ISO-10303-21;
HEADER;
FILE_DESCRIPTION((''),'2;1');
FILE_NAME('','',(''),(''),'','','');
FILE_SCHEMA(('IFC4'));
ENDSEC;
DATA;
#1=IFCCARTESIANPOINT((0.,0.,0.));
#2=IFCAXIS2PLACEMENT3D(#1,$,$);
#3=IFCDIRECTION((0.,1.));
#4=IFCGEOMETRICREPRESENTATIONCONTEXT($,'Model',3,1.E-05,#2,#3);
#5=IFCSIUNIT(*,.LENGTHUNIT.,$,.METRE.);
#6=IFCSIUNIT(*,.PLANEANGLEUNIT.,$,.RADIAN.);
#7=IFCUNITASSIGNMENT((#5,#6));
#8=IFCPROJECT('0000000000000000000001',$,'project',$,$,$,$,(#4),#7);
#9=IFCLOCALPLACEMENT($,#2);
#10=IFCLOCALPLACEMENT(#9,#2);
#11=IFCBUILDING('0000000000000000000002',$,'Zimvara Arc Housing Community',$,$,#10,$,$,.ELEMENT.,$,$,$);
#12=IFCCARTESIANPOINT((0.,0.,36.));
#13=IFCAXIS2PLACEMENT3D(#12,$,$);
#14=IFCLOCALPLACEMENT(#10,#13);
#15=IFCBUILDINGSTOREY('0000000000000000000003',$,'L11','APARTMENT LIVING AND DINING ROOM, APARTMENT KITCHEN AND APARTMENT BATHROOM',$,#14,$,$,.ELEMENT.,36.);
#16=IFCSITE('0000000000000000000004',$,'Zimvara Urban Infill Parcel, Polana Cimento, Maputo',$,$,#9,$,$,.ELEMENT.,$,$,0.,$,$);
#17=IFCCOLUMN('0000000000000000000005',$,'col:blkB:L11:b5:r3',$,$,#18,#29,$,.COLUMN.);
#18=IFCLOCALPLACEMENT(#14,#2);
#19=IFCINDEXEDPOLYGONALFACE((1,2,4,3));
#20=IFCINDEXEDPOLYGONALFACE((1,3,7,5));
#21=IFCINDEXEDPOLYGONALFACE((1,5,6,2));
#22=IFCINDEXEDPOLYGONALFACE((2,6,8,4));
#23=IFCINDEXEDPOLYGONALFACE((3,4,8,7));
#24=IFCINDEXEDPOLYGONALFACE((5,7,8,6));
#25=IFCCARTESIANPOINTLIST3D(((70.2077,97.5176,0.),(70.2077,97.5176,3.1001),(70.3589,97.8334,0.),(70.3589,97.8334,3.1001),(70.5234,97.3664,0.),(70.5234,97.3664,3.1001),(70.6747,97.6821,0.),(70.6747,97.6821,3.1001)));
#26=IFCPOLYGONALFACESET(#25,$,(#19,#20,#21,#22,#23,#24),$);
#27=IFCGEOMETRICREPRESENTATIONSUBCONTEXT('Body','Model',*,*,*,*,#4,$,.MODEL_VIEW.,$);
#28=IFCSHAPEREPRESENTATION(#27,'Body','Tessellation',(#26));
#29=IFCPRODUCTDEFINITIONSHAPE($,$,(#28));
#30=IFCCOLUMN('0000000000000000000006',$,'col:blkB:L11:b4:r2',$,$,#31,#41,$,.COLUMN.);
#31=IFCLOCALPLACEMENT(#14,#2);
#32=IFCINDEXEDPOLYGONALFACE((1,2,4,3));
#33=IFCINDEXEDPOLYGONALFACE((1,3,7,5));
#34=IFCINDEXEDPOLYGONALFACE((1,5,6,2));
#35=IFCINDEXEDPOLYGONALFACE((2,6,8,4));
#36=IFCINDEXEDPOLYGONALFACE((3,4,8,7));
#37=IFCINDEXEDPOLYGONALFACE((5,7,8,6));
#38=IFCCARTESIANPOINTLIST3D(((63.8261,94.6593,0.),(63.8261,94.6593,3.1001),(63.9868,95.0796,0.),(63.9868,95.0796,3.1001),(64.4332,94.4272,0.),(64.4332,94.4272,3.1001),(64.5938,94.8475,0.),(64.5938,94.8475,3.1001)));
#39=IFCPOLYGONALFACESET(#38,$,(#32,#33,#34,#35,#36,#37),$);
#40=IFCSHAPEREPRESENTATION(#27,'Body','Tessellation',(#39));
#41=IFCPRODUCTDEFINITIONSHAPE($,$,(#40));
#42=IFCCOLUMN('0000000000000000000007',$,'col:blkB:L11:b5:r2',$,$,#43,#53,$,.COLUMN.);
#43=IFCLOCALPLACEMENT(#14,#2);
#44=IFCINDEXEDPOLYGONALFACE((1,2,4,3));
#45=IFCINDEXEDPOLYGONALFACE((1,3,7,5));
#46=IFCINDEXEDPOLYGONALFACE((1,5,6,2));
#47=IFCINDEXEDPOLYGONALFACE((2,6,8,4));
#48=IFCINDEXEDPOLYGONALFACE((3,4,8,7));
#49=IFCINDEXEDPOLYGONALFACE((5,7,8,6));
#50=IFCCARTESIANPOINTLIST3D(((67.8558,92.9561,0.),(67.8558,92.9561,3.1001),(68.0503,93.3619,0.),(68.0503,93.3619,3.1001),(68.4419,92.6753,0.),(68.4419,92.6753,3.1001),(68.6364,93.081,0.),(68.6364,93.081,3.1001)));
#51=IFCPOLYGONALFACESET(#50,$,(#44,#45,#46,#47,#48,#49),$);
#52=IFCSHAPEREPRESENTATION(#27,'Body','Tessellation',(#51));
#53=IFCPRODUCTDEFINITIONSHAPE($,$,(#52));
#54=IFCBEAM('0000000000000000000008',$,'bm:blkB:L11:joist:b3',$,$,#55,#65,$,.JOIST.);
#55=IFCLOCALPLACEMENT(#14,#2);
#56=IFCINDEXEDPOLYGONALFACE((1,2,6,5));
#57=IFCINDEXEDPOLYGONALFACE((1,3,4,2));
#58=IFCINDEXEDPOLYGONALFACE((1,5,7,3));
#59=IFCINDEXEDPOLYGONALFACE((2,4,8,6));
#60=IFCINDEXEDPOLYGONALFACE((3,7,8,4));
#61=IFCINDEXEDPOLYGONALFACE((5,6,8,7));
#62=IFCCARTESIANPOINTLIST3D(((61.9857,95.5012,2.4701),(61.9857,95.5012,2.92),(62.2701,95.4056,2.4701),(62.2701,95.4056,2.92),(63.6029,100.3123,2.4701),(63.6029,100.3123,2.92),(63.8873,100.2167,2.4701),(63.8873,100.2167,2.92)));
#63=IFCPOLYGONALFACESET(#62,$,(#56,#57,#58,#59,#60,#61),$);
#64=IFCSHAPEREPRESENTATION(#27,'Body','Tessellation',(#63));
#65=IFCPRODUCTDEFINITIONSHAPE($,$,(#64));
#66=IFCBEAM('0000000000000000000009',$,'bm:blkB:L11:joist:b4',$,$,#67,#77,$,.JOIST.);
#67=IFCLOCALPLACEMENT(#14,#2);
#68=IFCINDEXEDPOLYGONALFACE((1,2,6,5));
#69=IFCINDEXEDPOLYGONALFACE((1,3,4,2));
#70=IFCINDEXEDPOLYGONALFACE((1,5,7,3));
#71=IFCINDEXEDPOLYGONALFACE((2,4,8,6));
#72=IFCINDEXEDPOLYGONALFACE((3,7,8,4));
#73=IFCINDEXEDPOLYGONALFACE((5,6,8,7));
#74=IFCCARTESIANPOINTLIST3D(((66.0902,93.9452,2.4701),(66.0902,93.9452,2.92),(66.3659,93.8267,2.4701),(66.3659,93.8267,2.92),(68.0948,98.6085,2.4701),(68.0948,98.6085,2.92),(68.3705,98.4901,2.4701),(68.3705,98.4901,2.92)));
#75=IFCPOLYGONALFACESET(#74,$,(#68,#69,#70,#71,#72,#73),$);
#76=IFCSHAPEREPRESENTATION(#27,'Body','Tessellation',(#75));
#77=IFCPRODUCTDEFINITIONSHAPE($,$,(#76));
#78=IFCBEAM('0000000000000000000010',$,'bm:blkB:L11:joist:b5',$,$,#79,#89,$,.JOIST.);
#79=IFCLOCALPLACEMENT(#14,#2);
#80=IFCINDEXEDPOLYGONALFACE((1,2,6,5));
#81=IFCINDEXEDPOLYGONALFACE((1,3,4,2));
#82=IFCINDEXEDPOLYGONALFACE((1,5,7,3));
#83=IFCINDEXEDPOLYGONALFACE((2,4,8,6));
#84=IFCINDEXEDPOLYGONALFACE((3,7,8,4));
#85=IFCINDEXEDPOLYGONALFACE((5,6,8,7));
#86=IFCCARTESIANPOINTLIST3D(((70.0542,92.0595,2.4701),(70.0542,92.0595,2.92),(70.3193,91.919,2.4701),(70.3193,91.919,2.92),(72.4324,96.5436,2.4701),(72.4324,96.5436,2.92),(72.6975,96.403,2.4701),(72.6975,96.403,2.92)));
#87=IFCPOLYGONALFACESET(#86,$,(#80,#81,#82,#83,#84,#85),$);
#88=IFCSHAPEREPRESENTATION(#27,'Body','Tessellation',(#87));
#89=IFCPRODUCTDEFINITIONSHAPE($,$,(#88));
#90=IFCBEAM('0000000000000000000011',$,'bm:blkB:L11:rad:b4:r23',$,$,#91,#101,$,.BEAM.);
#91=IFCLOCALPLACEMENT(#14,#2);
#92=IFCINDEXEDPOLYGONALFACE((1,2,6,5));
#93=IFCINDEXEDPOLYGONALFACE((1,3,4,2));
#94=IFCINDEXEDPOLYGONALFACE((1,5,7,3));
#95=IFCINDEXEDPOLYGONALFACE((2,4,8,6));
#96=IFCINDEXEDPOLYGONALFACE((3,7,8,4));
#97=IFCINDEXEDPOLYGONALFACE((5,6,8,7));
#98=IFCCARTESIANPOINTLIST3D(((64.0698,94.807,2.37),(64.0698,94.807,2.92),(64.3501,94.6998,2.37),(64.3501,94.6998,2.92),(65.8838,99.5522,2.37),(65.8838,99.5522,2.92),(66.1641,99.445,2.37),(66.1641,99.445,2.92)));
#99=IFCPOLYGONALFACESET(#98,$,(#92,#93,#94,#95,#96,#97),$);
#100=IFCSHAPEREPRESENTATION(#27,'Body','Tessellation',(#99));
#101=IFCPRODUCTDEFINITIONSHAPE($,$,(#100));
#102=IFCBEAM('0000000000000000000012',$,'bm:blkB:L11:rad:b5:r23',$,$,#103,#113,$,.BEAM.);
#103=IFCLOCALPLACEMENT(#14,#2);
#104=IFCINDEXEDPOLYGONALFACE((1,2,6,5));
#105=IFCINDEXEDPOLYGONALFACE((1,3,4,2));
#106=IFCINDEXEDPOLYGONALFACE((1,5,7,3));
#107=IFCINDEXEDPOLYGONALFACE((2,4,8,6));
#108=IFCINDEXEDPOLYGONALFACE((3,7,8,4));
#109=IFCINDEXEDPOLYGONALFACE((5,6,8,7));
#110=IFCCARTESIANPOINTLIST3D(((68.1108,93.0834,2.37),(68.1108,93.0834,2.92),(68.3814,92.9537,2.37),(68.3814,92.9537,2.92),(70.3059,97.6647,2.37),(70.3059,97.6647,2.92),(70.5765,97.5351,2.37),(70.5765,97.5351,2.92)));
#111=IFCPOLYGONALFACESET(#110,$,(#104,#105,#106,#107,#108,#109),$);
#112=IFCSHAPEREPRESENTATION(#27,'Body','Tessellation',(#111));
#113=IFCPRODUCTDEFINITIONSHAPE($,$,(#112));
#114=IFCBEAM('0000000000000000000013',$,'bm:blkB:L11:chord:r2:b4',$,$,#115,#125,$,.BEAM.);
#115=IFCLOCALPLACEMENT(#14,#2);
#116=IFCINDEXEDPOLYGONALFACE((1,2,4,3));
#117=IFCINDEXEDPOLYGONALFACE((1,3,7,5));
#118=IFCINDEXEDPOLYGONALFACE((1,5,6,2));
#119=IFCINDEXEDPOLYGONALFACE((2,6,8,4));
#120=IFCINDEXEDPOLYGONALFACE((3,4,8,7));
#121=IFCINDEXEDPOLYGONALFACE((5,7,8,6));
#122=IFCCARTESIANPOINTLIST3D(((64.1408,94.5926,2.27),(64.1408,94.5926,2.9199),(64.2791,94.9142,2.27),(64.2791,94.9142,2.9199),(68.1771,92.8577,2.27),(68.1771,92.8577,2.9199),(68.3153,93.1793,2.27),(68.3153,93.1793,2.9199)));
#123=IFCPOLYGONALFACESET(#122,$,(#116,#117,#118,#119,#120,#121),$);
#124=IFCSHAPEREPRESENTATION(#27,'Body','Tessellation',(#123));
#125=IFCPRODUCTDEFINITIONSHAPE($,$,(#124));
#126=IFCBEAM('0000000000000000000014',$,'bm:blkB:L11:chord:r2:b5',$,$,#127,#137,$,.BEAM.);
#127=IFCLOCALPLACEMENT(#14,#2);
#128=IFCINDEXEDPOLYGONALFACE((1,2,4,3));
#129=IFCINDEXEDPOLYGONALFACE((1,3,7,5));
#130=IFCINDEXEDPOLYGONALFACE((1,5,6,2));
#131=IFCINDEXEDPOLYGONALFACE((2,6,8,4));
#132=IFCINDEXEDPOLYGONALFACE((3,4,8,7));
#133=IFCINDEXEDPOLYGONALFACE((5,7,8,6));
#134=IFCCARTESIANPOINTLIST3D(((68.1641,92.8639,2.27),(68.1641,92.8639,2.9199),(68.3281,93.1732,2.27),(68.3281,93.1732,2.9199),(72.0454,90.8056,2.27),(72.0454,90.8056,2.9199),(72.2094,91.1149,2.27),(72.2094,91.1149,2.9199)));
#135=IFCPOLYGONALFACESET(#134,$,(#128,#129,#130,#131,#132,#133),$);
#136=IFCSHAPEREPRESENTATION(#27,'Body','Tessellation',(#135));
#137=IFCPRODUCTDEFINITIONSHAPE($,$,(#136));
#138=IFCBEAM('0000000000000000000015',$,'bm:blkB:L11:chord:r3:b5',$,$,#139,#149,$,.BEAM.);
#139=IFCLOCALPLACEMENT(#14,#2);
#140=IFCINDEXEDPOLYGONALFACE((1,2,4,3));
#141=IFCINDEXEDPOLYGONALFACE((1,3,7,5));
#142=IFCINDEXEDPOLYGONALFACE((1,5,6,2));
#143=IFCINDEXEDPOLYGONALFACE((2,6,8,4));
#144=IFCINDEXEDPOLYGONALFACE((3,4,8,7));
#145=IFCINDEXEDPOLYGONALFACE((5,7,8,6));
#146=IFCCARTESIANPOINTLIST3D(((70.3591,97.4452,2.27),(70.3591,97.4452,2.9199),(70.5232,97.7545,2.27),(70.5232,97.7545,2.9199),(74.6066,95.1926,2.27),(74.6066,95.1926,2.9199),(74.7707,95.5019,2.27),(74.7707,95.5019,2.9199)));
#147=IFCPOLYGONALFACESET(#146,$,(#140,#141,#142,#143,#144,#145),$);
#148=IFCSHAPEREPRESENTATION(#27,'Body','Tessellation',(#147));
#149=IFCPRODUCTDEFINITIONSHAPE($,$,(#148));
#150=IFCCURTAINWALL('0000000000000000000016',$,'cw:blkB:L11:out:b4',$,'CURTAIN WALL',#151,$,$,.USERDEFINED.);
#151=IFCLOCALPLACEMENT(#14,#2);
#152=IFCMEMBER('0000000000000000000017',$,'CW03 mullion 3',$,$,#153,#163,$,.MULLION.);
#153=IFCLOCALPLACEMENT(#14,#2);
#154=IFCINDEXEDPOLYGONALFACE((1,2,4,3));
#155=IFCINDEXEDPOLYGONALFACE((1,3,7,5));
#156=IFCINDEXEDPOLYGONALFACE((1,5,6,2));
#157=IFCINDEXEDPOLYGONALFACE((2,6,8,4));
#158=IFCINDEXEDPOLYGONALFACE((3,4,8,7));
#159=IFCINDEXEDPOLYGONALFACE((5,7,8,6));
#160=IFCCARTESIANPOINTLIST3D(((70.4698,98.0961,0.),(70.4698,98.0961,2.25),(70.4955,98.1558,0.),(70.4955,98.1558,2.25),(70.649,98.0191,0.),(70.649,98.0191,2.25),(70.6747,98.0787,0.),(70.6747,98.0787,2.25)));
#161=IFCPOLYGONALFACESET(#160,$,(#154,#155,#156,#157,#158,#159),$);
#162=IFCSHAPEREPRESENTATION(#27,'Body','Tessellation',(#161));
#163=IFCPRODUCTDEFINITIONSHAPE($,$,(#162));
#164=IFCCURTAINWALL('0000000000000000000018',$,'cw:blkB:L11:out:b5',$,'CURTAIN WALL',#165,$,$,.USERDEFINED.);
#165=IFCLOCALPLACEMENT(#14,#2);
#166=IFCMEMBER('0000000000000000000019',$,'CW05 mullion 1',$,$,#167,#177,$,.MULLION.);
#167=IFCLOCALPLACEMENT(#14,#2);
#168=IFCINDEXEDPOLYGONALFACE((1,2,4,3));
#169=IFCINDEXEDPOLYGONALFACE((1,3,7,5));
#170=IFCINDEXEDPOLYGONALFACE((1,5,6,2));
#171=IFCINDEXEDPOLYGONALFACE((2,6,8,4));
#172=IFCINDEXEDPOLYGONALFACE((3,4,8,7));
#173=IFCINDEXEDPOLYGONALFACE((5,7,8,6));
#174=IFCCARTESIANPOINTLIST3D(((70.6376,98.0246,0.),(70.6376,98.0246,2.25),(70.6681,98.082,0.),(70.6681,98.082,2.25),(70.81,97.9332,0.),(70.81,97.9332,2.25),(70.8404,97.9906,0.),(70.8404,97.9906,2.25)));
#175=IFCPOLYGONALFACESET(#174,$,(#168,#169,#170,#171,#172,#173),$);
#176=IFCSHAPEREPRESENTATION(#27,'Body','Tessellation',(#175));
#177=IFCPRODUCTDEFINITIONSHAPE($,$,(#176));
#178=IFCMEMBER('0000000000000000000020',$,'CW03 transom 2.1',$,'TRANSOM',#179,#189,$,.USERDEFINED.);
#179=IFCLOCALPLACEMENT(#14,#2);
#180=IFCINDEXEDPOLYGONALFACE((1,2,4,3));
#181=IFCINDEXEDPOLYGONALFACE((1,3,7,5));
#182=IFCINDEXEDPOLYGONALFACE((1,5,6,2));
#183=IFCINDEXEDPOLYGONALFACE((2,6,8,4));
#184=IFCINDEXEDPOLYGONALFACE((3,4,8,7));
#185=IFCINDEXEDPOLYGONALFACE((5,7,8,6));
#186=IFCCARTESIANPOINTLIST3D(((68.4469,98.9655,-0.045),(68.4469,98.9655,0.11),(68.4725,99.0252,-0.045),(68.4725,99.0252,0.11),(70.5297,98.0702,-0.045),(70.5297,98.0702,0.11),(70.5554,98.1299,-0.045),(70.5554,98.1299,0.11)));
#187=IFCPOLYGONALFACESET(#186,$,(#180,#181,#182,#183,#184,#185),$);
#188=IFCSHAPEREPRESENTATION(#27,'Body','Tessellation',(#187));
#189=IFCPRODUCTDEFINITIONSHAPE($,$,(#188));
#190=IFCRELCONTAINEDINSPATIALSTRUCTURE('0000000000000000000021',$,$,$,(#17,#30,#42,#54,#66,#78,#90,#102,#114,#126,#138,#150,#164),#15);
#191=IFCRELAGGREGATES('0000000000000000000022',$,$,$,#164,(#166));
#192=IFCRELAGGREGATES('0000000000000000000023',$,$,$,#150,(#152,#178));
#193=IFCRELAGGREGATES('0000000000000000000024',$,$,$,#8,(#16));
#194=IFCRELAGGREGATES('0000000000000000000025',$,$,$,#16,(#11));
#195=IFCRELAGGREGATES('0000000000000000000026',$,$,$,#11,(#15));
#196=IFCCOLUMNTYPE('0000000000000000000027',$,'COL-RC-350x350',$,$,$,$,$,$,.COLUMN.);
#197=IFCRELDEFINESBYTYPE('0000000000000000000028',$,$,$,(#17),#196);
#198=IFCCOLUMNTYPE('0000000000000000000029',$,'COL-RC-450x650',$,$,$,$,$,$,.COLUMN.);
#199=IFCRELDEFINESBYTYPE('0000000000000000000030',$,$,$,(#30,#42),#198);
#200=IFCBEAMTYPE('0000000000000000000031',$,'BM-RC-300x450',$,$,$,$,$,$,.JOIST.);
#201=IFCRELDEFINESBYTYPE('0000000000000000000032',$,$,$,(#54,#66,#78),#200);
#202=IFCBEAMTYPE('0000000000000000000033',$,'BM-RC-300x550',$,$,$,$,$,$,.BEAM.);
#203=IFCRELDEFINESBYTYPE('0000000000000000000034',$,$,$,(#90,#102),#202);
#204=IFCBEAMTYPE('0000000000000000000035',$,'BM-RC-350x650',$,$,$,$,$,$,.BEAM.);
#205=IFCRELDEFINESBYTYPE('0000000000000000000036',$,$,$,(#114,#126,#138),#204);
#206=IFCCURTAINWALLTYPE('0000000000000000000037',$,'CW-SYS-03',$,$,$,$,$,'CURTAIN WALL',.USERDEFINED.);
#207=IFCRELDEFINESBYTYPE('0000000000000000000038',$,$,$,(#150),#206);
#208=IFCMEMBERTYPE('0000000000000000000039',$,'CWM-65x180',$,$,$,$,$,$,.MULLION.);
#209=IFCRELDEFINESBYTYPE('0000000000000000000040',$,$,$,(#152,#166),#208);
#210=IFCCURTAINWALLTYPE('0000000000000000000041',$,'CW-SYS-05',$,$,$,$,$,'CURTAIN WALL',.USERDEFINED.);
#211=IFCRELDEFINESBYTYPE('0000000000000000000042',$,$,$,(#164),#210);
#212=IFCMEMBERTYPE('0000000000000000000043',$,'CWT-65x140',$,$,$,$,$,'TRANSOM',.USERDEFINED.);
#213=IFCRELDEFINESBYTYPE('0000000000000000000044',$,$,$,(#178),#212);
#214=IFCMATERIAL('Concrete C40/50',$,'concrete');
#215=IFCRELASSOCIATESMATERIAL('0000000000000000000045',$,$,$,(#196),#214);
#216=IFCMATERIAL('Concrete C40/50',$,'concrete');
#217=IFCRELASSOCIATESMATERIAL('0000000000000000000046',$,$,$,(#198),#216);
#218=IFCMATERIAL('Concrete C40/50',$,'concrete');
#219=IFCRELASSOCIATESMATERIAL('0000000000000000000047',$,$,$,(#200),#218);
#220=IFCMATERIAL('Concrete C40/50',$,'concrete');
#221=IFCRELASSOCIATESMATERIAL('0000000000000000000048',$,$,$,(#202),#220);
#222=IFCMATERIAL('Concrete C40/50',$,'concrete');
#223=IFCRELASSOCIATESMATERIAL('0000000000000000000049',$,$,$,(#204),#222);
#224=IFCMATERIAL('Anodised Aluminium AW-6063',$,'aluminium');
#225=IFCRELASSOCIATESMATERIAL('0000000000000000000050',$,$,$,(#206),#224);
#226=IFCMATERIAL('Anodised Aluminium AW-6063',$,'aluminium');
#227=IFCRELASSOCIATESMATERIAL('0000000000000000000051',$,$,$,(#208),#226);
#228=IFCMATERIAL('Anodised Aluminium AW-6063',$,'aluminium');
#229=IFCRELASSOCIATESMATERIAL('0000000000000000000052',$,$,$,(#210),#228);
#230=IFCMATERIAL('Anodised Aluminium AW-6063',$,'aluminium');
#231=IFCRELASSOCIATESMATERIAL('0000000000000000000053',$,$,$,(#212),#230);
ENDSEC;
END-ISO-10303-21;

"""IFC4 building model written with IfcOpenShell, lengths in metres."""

from ifc_helpers import new_model, si_unit, direction, frame, origin, origin_2d, place, context, subcontext, project, spatial, rectangle, extrude, material, material_profile, profile_set, type_object, element, aggregate, save


model = new_model("IFC4")

# Units and contexts
model_context = context("Model", 3, precision=1e-05, world=origin(), true_north=direction((0.0, 1.0)))
body_context = subcontext(model_context, "Body", "Model", "MODEL_VIEW")
ifc_project = project(units=[si_unit("LENGTHUNIT", "METRE"), si_unit("PLANEANGLEUNIT", "RADIAN")], contexts=[model_context])

# Site, building, storey
site_placement = place(None, origin())
site = spatial("IfcSite", under=ifc_project, at=site_placement, Name="Zimvara Urban Infill Parcel, Polana Cimento, Maputo", CompositionType="ELEMENT", RefElevation=0.0)
building_placement = place(site_placement, origin())
building = spatial("IfcBuilding", under=site, at=building_placement, Name="Zimvara Arc Housing Community", CompositionType="ELEMENT")
storey_placement = place(building_placement, frame((0.0, 0.0, 36.0)))
storey = spatial("IfcBuildingStorey", under=building, at=storey_placement, Name="L11", Description="APARTMENT LIVING AND DINING ROOM, APARTMENT KITCHEN AND APARTMENT BATHROOM", CompositionType="ELEMENT", Elevation=36.0)

# Columns
ifc_material_1 = material(Name="Concrete C40/50", Category="concrete")
ifc_material_profile_1 = material_profile(ifc_material_1, rectangle(XDim=0.3501, YDim=0.3501, at=origin_2d()), Name="RC 350x350")
ifc_profile_set_1 = profile_set([ifc_material_profile_1], Name="Concrete C40/50")
column_type_1 = type_object("IfcColumnType", Name="COL-RC-350x350", PredefinedType="COLUMN", material=ifc_profile_set_1)
column_placement = place(storey_placement, frame((70.4412, 97.5999, 0.0), z_axis=(0.0, 0.0, 1.0), x_axis=(0.432086, 0.901833, 0.0)))
element("IfcColumn", 1, at=column_placement, inside=storey, type_object=column_type_1, Name="col:blkB:L11:b5:r3", PredefinedType="COLUMN", context=body_context, shape_type="SweptSolid", body=[
    extrude(rectangle(XDim=0.3501, YDim=0.3501, at=origin_2d()), origin(), (0.0, 0.0, 1.0), 3.1001),
])
ifc_material_2 = material(Name="Concrete C40/50", Category="concrete")
ifc_material_profile_2 = material_profile(ifc_material_2, rectangle(XDim=0.45, YDim=0.6499, at=origin_2d()), Name="RC 450x650")
ifc_profile_set_2 = profile_set([ifc_material_profile_2], Name="Concrete C40/50")
column_type_2 = type_object("IfcColumnType", Name="COL-RC-450x650", PredefinedType="COLUMN", material=ifc_profile_set_2)
for number, where, z_axis, x_axis, name in (
    (2, (64.21, 94.7534, 0.0), (0.0, 0.0, 1.0), (0.357064, 0.93408, 0.0), "col:blkB:L11:b4:r2"),
    (3, (68.2461, 93.0186, 0.0), (0.0, 0.0, 1.0), (0.432086, 0.901833, 0.0), "col:blkB:L11:b5:r2"),
):
    element("IfcColumn", number, at=place(storey_placement, frame(where, z_axis=z_axis, x_axis=x_axis)), inside=storey, type_object=column_type_2, Name=name, PredefinedType="COLUMN", context=body_context, shape_type="SweptSolid", body=[
        extrude(rectangle(XDim=0.45, YDim=0.6499, at=origin_2d()), origin(), (0.0, 0.0, 1.0), 3.1001),
    ])

# Beams
ifc_material_3 = material(Name="Concrete C40/50", Category="concrete")
ifc_material_profile_3 = material_profile(ifc_material_3, rectangle(XDim=0.3, YDim=0.45, at=origin_2d()), Name="RC 300x450")
ifc_profile_set_3 = profile_set([ifc_material_profile_3], Name="Concrete C40/50")
beam_type_1 = type_object("IfcBeamType", Name="BM-RC-300x450", PredefinedType="JOIST", material=ifc_profile_set_3)
beam_1_placement = place(storey_placement, frame((62.1279, 95.4534, 2.6951), z_axis=(0.318608, 0.947887, 0.0), x_axis=(-0.947887, 0.318608, 0.0)))
element("IfcBeam", 4, at=beam_1_placement, inside=storey, type_object=beam_type_1, Name="bm:blkB:L11:joist:b3", PredefinedType="JOIST", context=body_context, shape_type="SweptSolid", body=[
    extrude(rectangle(XDim=0.3, YDim=0.45, at=origin_2d()), origin(), (0.0, 0.0, 1.0), 5.0757),
])
beam_2_placement = place(storey_placement, frame((66.228, 93.886, 2.6951), z_axis=(0.394929, 0.918712, 0.0), x_axis=(-0.918712, 0.394929, 0.0)))
element("IfcBeam", 5, at=beam_2_placement, inside=storey, type_object=beam_type_1, Name="bm:blkB:L11:joist:b4", PredefinedType="JOIST", context=body_context, shape_type="SweptSolid", body=[
    extrude(rectangle(XDim=0.3, YDim=0.45, at=origin_2d()), origin(), (0.0, 0.0, 1.0), 5.0759),
])
beam_3_placement = place(storey_placement, frame((70.1868, 91.9893, 2.6951), z_axis=(0.468537, 0.883444, 0.0), x_axis=(-0.883444, 0.468537, 0.0)))
element("IfcBeam", 6, at=beam_3_placement, inside=storey, type_object=beam_type_1, Name="bm:blkB:L11:joist:b5", PredefinedType="JOIST", context=body_context, shape_type="SweptSolid", body=[
    extrude(rectangle(XDim=0.3, YDim=0.45, at=origin_2d()), origin(), (0.0, 0.0, 1.0), 5.0757),
])
ifc_material_4 = material(Name="Concrete C40/50", Category="concrete")
ifc_material_profile_4 = material_profile(ifc_material_4, rectangle(XDim=0.3, YDim=0.55, at=origin_2d()), Name="RC 300x550")
ifc_profile_set_4 = profile_set([ifc_material_profile_4], Name="Concrete C40/50")
beam_type_2 = type_object("IfcBeamType", Name="BM-RC-300x550", PredefinedType="BEAM", material=ifc_profile_set_4)
for number, where, z_axis, x_axis, name in (
    (7, (64.21, 94.7534, 2.645), (0.357078, 0.934074, 0.0), (-0.934074, 0.357078, 0.0), "bm:blkB:L11:rad:b4:r23"),
    (8, (68.2461, 93.0186, 2.645), (0.432098, 0.901827, 0.0), (-0.901827, 0.432098, 0.0), "bm:blkB:L11:rad:b5:r23"),
):
    element("IfcBeam", number, at=place(storey_placement, frame(where, z_axis=z_axis, x_axis=x_axis)), inside=storey, type_object=beam_type_2, Name=name, PredefinedType="BEAM", context=body_context, shape_type="SweptSolid", body=[
        extrude(rectangle(XDim=0.3, YDim=0.55, at=origin_2d()), origin(), (0.0, 0.0, 1.0), 5.0801),
    ])
ifc_material_5 = material(Name="Concrete C40/50", Category="concrete")
ifc_material_profile_5 = material_profile(ifc_material_5, rectangle(XDim=0.3501, YDim=0.6499, at=origin_2d()), Name="RC 350x650")
ifc_profile_set_5 = profile_set([ifc_material_profile_5], Name="Concrete C40/50")
beam_type_3 = type_object("IfcBeamType", Name="BM-RC-350x650", PredefinedType="BEAM", material=ifc_profile_set_5)
for number, where, z_axis, x_axis, name in (
    (9, (64.21, 94.7534, 2.595), (0.918725, -0.394898, 0.0), (0.394898, 0.918725, 0.0), "bm:blkB:L11:chord:r2:b4"),
    (10, (68.2461, 93.0186, 2.595), (0.883457, -0.468513, 0.0), (0.468513, 0.883457, 0.0), "bm:blkB:L11:chord:r2:b5"),
):
    element("IfcBeam", number, at=place(storey_placement, frame(where, z_axis=z_axis, x_axis=x_axis)), inside=storey, type_object=beam_type_3, Name=name, PredefinedType="BEAM", context=body_context, shape_type="SweptSolid", body=[
        extrude(rectangle(XDim=0.3501, YDim=0.6499, at=origin_2d()), origin(), (0.0, 0.0, 1.0), 4.3933),
    ])
beam_4_placement = place(storey_placement, frame((70.4412, 97.5999, 2.595), z_axis=(0.883446, -0.468534, 0.0), x_axis=(0.468534, 0.883446, 0.0)))
element("IfcBeam", 11, at=beam_4_placement, inside=storey, type_object=beam_type_3, Name="bm:blkB:L11:chord:r3:b5", PredefinedType="BEAM", context=body_context, shape_type="SweptSolid", body=[
    extrude(rectangle(XDim=0.3501, YDim=0.6499, at=origin_2d()), origin(), (0.0, 0.0, 1.0), 4.8079),
])

# Curtain walls, members
ifc_material_6 = material(Name="Anodised Aluminium AW-6063", Category="aluminium")
curtain_wall_type_1 = type_object("IfcCurtainWallType", Name="CW-SYS-03", ElementType="CURTAIN WALL", PredefinedType="USERDEFINED", material=ifc_material_6)
curtain_wall_1_placement = place(storey_placement, origin())
curtain_wall_1 = element("IfcCurtainWall", 12, at=curtain_wall_1_placement, inside=storey, type_object=curtain_wall_type_1, Name="cw:blkB:L11:out:b4", ObjectType="CURTAIN WALL", PredefinedType="USERDEFINED")
ifc_material_7 = material(Name="Anodised Aluminium AW-6063", Category="aluminium")
ifc_material_profile_6 = material_profile(ifc_material_7, rectangle(XDim=0.0649, YDim=0.1951, at=origin_2d()), Name="ALU 65x195")
ifc_profile_set_6 = profile_set([ifc_material_profile_6], Name="Anodised Aluminium AW-6063")
member_type_1 = type_object("IfcMemberType", Name="CWM-65x180", PredefinedType="MULLION", material=ifc_profile_set_6)
member_1_placement = place(storey_placement, frame((70.5723, 98.0874, 0.0), z_axis=(0.0, 0.0, 1.0), x_axis=(0.394904, 0.918722, 0.0)))
member_1 = element("IfcMember", 13, at=member_1_placement, type_object=member_type_1, Name="CW03 mullion 3", PredefinedType="MULLION", context=body_context, shape_type="SweptSolid", body=[
    extrude(rectangle(XDim=0.0649, YDim=0.1951, at=origin_2d()), origin(), (0.0, 0.0, 1.0), 2.25),
])
ifc_material_8 = material(Name="Anodised Aluminium AW-6063", Category="aluminium")
curtain_wall_type_2 = type_object("IfcCurtainWallType", Name="CW-SYS-05", ElementType="CURTAIN WALL", PredefinedType="USERDEFINED", material=ifc_material_8)
curtain_wall_2_placement = place(storey_placement, origin())
curtain_wall_2 = element("IfcCurtainWall", 14, at=curtain_wall_2_placement, inside=storey, type_object=curtain_wall_type_2, Name="cw:blkB:L11:out:b5", ObjectType="CURTAIN WALL", PredefinedType="USERDEFINED")
member_2_placement = place(storey_placement, frame((70.739, 98.0076, 0.0), z_axis=(0.0, 0.0, 1.0), x_axis=(0.468547, 0.883439, 0.0)))
member_2 = element("IfcMember", 15, at=member_2_placement, type_object=member_type_1, Name="CW05 mullion 1", PredefinedType="MULLION", context=body_context, shape_type="SweptSolid", body=[
    extrude(rectangle(XDim=0.0649, YDim=0.1951, at=origin_2d()), origin(), (0.0, 0.0, 1.0), 2.25),
])
aggregate(curtain_wall_2, [member_2])

# Member
ifc_material_9 = material(Name="Anodised Aluminium AW-6063", Category="aluminium")
ifc_material_profile_7 = material_profile(ifc_material_9, rectangle(XDim=0.0649, YDim=0.155, at=origin_2d()), Name="ALU 65x155")
ifc_profile_set_7 = profile_set([ifc_material_profile_7], Name="Anodised Aluminium AW-6063")
member_type_2 = type_object("IfcMemberType", Name="CWT-65x140", ElementType="TRANSOM", PredefinedType="USERDEFINED", material=ifc_profile_set_7)
member_3_placement = place(storey_placement, frame((68.4597, 98.9954, 0.0325), z_axis=(0.918721, -0.394907, 0.0), x_axis=(0.394907, 0.918721, 0.0)))
member_3 = element("IfcMember", 16, at=member_3_placement, type_object=member_type_2, Name="CW03 transom 2.1", ObjectType="TRANSOM", PredefinedType="USERDEFINED", context=body_context, shape_type="SweptSolid", body=[
    extrude(rectangle(XDim=0.0649, YDim=0.155, at=origin_2d()), origin(), (0.0, 0.0, 1.0), 2.2671),
])

aggregate(curtain_wall_1, [member_1, member_3])

save(model, "model.ifc")
